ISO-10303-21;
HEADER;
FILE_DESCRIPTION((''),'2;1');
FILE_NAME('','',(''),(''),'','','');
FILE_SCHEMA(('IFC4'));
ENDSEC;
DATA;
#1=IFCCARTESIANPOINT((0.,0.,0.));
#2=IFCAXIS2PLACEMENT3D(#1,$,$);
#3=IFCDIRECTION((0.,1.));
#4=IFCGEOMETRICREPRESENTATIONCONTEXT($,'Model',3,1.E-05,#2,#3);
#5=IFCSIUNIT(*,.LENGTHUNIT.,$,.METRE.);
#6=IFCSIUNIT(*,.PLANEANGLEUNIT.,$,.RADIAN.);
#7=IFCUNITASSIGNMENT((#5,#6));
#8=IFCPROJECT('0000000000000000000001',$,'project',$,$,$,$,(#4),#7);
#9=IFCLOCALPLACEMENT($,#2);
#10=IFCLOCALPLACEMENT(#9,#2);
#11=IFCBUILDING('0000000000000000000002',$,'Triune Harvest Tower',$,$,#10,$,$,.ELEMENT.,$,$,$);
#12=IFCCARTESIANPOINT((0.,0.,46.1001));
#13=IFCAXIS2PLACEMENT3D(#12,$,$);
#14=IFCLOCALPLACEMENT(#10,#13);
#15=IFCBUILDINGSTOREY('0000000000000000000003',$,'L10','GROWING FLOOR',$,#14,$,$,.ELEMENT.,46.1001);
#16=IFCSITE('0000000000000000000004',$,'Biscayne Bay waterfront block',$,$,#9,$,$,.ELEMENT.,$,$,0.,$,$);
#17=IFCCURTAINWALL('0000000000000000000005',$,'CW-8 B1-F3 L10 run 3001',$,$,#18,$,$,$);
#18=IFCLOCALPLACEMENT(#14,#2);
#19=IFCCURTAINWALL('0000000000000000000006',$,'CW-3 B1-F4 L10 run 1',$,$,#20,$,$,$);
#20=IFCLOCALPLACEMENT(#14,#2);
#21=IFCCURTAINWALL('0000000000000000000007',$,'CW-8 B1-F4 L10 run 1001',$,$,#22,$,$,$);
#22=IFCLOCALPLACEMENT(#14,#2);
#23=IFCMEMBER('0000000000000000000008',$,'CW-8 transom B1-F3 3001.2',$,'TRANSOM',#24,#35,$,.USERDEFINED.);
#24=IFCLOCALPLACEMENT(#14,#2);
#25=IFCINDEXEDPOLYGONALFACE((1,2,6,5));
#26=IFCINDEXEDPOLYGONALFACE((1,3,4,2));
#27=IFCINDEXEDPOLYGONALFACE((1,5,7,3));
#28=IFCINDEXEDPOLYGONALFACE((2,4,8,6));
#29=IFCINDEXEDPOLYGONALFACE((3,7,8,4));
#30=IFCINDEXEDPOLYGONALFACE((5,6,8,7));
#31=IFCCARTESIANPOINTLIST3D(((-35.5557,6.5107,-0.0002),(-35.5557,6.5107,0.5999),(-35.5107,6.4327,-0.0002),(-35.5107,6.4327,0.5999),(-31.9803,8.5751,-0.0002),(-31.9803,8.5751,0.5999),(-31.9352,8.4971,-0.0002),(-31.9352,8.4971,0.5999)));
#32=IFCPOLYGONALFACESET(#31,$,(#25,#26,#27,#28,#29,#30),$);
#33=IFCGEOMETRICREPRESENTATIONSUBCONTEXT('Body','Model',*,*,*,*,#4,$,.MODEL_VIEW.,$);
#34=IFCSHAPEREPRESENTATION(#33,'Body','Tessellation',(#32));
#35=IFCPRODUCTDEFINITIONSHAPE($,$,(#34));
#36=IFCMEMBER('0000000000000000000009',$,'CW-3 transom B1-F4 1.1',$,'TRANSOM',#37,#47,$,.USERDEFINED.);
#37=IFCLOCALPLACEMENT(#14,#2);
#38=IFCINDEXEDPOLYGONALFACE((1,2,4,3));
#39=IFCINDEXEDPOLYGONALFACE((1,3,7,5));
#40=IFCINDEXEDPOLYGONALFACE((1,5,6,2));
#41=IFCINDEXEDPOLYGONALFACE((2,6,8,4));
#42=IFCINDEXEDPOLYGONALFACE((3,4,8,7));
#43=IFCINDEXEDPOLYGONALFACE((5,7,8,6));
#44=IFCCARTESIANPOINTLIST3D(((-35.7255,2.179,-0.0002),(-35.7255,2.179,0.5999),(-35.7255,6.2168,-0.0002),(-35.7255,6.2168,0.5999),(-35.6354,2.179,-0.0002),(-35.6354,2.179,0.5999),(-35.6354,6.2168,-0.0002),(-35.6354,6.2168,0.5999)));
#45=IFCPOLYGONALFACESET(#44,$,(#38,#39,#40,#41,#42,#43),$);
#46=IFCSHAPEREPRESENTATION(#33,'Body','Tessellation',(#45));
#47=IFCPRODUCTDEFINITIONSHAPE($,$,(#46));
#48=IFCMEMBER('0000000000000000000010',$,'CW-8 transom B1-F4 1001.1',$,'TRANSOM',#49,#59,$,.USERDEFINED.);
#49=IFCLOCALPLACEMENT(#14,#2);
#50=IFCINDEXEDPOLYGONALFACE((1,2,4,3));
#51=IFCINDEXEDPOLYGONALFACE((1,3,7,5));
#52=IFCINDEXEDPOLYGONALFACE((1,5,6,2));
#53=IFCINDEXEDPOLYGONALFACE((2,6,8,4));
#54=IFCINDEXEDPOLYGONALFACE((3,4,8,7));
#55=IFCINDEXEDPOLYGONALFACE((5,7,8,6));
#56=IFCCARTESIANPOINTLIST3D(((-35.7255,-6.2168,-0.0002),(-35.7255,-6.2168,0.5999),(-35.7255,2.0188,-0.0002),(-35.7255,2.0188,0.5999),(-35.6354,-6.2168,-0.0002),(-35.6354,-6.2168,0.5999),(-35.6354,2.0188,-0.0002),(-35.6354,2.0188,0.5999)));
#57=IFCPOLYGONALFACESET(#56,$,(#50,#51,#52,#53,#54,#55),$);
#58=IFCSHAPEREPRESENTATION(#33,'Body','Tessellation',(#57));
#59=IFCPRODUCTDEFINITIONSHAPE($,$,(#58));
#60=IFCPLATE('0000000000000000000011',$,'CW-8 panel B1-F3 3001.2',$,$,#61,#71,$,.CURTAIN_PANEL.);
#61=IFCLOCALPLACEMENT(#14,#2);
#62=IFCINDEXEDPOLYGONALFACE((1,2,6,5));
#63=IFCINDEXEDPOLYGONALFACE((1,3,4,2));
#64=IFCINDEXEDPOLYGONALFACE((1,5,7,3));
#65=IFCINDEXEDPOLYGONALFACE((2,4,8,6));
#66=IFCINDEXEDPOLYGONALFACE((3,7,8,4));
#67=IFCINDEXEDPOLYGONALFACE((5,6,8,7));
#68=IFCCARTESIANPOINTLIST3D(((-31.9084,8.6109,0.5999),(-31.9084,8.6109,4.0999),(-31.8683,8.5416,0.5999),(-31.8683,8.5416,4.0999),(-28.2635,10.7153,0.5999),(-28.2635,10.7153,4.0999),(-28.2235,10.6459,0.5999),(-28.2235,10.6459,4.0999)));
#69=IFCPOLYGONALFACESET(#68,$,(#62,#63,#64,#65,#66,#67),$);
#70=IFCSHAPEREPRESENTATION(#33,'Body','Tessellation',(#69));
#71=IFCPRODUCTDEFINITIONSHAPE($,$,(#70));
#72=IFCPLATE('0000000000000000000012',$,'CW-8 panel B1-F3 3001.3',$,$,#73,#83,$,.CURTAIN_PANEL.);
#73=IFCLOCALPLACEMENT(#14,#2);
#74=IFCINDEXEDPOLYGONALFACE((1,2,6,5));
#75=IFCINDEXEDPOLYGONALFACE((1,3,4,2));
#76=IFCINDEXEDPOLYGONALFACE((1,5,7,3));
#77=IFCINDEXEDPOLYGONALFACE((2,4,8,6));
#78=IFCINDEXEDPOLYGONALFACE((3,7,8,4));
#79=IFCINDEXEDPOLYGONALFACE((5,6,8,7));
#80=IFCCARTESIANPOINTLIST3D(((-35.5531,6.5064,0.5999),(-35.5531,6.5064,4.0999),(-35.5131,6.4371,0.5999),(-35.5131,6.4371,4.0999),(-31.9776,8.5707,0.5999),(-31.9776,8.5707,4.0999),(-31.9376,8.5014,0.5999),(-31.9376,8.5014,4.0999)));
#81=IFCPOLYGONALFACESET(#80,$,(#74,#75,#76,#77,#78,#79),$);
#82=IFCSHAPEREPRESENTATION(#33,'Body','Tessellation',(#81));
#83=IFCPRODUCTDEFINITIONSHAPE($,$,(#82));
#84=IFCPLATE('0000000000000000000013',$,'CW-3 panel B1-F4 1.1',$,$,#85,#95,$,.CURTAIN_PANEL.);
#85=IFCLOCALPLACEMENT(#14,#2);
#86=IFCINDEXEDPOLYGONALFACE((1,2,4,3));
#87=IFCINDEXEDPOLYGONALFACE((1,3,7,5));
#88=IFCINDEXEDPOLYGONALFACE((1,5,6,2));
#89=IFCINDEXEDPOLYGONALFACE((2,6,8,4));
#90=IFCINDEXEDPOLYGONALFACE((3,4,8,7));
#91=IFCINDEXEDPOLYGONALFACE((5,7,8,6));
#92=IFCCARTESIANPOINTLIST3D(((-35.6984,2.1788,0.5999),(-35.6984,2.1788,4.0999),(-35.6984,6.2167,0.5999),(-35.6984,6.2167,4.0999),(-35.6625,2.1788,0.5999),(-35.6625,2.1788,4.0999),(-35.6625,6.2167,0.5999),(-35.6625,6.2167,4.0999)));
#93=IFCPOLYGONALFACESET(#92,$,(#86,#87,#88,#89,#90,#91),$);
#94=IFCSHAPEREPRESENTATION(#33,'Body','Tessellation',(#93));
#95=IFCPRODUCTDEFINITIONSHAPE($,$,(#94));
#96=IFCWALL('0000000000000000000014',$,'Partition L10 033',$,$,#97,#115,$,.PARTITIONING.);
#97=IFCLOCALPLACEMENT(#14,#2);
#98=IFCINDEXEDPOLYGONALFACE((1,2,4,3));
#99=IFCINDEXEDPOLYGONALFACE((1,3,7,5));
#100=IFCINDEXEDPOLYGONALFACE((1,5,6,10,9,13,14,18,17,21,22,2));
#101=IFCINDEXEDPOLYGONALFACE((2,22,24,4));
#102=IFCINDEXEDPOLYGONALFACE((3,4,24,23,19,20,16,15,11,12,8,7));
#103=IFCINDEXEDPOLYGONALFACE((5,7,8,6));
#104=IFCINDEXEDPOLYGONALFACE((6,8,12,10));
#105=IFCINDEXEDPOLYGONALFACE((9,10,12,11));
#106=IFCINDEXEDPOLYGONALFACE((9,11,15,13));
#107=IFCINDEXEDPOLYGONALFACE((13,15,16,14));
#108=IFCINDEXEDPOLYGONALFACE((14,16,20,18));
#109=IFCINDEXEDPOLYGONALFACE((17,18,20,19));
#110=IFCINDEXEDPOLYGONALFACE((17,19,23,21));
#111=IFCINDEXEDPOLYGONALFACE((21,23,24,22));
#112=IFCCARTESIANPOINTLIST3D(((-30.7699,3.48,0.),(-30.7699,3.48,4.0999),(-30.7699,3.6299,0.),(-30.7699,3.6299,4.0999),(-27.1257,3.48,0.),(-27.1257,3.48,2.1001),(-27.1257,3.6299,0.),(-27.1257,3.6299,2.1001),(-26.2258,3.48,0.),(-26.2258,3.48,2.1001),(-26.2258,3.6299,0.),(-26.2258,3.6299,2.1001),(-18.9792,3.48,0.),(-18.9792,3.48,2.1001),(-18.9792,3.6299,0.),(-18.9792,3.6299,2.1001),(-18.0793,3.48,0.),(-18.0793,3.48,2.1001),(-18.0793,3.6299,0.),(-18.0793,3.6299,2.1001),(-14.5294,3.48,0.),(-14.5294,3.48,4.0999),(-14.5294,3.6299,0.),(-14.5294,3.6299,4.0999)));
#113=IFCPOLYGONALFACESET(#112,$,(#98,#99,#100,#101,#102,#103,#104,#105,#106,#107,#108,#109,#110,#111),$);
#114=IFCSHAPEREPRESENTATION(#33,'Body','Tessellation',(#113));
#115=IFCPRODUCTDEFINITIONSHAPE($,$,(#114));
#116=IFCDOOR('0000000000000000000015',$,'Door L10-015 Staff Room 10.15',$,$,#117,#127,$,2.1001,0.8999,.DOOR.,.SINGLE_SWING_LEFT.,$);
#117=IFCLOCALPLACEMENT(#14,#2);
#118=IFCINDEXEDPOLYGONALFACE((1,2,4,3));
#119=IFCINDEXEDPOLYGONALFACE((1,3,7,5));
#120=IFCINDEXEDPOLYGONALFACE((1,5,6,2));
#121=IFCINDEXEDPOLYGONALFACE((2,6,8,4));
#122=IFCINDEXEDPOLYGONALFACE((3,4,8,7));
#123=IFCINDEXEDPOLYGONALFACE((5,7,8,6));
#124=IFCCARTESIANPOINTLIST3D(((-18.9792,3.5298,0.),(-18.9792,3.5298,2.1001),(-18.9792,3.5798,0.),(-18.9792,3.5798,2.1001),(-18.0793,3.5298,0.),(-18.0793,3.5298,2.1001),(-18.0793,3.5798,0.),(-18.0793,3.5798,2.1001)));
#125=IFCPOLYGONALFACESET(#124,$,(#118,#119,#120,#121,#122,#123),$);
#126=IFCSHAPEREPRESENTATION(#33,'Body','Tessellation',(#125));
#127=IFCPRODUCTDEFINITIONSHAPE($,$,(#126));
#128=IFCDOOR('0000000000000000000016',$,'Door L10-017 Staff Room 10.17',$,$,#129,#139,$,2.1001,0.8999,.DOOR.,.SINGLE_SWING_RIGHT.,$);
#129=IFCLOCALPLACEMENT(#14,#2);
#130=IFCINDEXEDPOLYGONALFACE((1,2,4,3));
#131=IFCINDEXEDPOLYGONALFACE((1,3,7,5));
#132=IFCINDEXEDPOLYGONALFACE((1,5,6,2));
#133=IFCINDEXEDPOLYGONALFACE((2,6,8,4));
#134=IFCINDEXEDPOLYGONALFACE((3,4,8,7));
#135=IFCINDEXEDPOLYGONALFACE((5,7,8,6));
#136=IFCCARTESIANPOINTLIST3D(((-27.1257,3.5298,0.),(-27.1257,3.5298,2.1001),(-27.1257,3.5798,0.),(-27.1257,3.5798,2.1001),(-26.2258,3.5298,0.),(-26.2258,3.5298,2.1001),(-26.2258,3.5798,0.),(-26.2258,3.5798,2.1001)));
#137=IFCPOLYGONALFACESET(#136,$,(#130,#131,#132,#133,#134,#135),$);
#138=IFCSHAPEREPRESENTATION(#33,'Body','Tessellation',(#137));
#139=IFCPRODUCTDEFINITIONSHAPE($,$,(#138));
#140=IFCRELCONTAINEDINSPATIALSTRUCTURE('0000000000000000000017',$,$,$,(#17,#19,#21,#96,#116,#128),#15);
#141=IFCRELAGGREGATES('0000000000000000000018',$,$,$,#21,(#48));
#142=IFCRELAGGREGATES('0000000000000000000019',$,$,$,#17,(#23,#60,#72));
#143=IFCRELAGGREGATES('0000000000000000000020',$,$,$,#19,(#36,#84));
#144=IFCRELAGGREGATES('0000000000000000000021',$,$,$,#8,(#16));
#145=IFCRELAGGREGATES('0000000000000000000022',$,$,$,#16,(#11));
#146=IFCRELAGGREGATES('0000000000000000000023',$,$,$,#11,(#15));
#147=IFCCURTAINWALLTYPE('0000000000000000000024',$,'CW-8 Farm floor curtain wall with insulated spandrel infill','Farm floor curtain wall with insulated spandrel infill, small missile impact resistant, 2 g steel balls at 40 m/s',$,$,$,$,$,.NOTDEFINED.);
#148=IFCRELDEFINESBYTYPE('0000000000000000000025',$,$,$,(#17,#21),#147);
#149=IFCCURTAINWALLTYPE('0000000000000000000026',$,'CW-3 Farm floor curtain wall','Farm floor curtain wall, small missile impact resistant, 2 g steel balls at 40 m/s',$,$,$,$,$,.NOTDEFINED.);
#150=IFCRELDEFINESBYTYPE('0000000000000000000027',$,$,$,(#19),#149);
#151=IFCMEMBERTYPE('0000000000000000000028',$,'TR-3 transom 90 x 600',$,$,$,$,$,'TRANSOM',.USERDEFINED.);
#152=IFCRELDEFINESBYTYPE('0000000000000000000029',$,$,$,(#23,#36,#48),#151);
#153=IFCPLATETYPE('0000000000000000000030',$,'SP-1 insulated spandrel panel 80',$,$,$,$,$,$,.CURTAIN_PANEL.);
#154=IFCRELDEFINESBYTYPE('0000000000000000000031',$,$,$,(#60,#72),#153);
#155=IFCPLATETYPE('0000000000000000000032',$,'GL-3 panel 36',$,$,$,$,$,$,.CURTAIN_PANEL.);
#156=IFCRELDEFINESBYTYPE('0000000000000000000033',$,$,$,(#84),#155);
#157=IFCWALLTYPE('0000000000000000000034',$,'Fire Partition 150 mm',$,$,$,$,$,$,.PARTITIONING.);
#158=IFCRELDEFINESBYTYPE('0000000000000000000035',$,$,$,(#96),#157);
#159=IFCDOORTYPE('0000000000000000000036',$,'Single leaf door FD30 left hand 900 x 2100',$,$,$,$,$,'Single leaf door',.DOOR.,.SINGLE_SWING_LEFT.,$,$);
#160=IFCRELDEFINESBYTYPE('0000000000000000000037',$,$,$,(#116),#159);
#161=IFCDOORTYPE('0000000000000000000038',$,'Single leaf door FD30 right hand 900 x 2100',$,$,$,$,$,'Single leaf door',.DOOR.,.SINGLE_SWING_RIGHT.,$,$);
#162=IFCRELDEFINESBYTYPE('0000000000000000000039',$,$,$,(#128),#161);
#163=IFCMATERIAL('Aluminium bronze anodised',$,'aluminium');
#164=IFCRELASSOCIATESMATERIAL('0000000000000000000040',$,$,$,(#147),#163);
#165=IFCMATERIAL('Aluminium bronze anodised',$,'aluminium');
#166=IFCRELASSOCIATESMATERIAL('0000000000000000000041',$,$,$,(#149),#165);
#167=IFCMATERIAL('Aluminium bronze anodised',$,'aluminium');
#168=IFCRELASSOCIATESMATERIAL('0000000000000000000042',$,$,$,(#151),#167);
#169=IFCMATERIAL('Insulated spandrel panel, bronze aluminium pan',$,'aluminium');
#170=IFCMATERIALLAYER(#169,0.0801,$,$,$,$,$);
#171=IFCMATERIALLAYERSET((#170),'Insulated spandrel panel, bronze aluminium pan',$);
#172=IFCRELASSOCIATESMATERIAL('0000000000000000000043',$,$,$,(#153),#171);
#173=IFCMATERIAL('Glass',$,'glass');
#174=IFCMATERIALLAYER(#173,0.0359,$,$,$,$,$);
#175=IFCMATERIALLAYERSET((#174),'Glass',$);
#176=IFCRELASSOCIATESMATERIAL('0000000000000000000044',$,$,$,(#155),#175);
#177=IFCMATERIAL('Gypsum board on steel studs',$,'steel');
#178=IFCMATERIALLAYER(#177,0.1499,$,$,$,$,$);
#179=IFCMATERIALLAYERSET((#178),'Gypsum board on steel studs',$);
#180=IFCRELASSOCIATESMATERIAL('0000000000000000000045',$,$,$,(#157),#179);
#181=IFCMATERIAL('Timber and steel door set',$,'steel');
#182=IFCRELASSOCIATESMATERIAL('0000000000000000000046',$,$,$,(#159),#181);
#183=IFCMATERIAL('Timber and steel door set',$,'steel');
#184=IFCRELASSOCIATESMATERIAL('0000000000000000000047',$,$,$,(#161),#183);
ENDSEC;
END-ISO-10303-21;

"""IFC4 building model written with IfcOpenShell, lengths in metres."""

from ifc_helpers import new_model, si_unit, direction, frame, frame_2d, origin, origin_2d, place, context, subcontext, project, spatial, rectangle, extrude, source, transform, mapped, material, layer, layer_set, material_profile, profile_set, type_object, element, fill, aggregate, save


model = new_model("IFC4")

# Units and contexts
model_context = context("Model", 3, precision=1e-05, world=origin(), true_north=direction((0.0, 1.0)))
body_context = subcontext(model_context, "Body", "Model", "MODEL_VIEW")
ifc_project = project(units=[si_unit("LENGTHUNIT", "METRE"), si_unit("PLANEANGLEUNIT", "RADIAN")], contexts=[model_context])

# Site, building, storey
site_placement = place(None, origin())
site = spatial("IfcSite", under=ifc_project, at=site_placement, Name="Biscayne Bay waterfront block", CompositionType="ELEMENT", RefElevation=0.0)
building_placement = place(site_placement, origin())
building = spatial("IfcBuilding", under=site, at=building_placement, Name="Triune Harvest Tower", CompositionType="ELEMENT")
storey_placement = place(building_placement, frame((0.0, 0.0, 46.1001)))
storey = spatial("IfcBuildingStorey", under=building, at=storey_placement, Name="L10", Description="GROWING FLOOR", CompositionType="ELEMENT", Elevation=46.1001)

# Curtain walls
ifc_material_1 = material(Name="Aluminium bronze anodised", Category="aluminium")
curtain_wall_type_1 = type_object("IfcCurtainWallType", Name="CW-8 Farm floor curtain wall with insulated spandrel infill", Description="Farm floor curtain wall with insulated spandrel infill, small missile impact resistant, 2 g steel balls at 40 m/s", PredefinedType="NOTDEFINED", material=ifc_material_1)
curtain_wall_1_placement = place(storey_placement, origin())
curtain_wall_1 = element("IfcCurtainWall", 1, at=curtain_wall_1_placement, inside=storey, type_object=curtain_wall_type_1, Name="CW-8 B1-F3 L10 run 3001")
ifc_material_2 = material(Name="Aluminium bronze anodised", Category="aluminium")
curtain_wall_type_2 = type_object("IfcCurtainWallType", Name="CW-3 Farm floor curtain wall", Description="Farm floor curtain wall, small missile impact resistant, 2 g steel balls at 40 m/s", PredefinedType="NOTDEFINED", material=ifc_material_2)
curtain_wall_2_placement = place(storey_placement, origin())
curtain_wall_2 = element("IfcCurtainWall", 2, at=curtain_wall_2_placement, inside=storey, type_object=curtain_wall_type_2, Name="CW-3 B1-F4 L10 run 1")

# Curtain wall
curtain_wall_3_placement = place(storey_placement, origin())
curtain_wall_3 = element("IfcCurtainWall", 3, at=curtain_wall_3_placement, inside=storey, type_object=curtain_wall_type_1, Name="CW-8 B1-F4 L10 run 1001")

# Members
ifc_material_3 = material(Name="Aluminium bronze anodised", Category="aluminium")
ifc_material_profile_1 = material_profile(ifc_material_3, rectangle(XDim=0.0901, YDim=0.6001, at=origin_2d()), Name="TR-3 transom 90 x 600")
ifc_profile_set_1 = profile_set([ifc_material_profile_1], Name="Aluminium bronze anodised")
member_type_1 = type_object("IfcMemberType", Name="TR-3 transom 90 x 600", ElementType="TRANSOM", PredefinedType="USERDEFINED", material=ifc_profile_set_1)
shared_shape_1 = source(origin(), body_context, "Body", "SweptSolid", [
    extrude(rectangle(XDim=0.0901, YDim=0.6001, at=origin_2d()), origin(), (0.0, 0.0, 1.0), 4.1287),
])
member_1_placement = place(storey_placement, frame((-31.9578, 8.5361, 0.2998), z_axis=(-0.866007, -0.500031, 0.0), x_axis=(0.500031, -0.866007, 0.0)))
member_1 = element("IfcMember", 4, at=member_1_placement, type_object=member_type_1, Name="CW-8 transom B1-F3 3001.2", ObjectType="TRANSOM", PredefinedType="USERDEFINED", context=body_context, shape_type="MappedRepresentation", body=[
    mapped(shared_shape_1, transform((0.0, 0.0, 0.0), scale=1.0)),
])
shared_shape_2 = source(origin(), body_context, "Body", "SweptSolid", [
    extrude(rectangle(XDim=0.0901, YDim=0.6001, at=origin_2d()), origin(), (0.0, 0.0, 1.0), 4.0378),
])
member_2_placement = place(storey_placement, frame((-35.6804, 6.2168, 0.2998), z_axis=(0.0, -1.0, 0.0), x_axis=(1.0, 0.0, 0.0)))
member_2 = element("IfcMember", 5, at=member_2_placement, type_object=member_type_1, Name="CW-3 transom B1-F4 1.1", ObjectType="TRANSOM", PredefinedType="USERDEFINED", context=body_context, shape_type="MappedRepresentation", body=[
    mapped(shared_shape_2, transform((0.0, 0.0, 0.0), scale=1.0)),
])
shared_shape_3 = source(origin(), body_context, "Body", "SweptSolid", [
    extrude(rectangle(XDim=0.0901, YDim=0.6001, at=origin_2d()), origin(), (0.0, 0.0, 1.0), 8.2356),
])
member_3_placement = place(storey_placement, frame((-35.6804, 2.0188, 0.2998), z_axis=(0.0, -1.0, 0.0), x_axis=(1.0, 0.0, 0.0)))
member_3 = element("IfcMember", 6, at=member_3_placement, type_object=member_type_1, Name="CW-8 transom B1-F4 1001.1", ObjectType="TRANSOM", PredefinedType="USERDEFINED", context=body_context, shape_type="MappedRepresentation", body=[
    mapped(shared_shape_3, transform((0.0, 0.0, 0.0), scale=1.0)),
])
aggregate(curtain_wall_3, [member_3])

# Plates
ifc_material_4 = material(Name="Insulated spandrel panel, bronze aluminium pan", Category="aluminium")
ifc_layer_1 = layer(ifc_material_4, 0.0801)
ifc_layer_set_1 = layer_set([ifc_layer_1], Name="Insulated spandrel panel, bronze aluminium pan")
plate_type_1 = type_object("IfcPlateType", Name="SP-1 insulated spandrel panel 80", PredefinedType="CURTAIN_PANEL", material=ifc_layer_set_1)
shared_shape_4 = source(origin(), body_context, "Body", "SweptSolid", [
    extrude(rectangle(XDim=4.2087, YDim=0.0801, at=origin_2d()), origin(), (0.0, 0.0, 1.0), 3.5),
])
plate_1_placement = place(storey_placement, frame((-30.0659, 9.6284, 0.5999), z_axis=(0.0, 0.0, 1.0), x_axis=(-0.866026, -0.499999, 0.0)))
plate_1 = element("IfcPlate", 7, at=plate_1_placement, type_object=plate_type_1, Name="CW-8 panel B1-F3 3001.2", PredefinedType="CURTAIN_PANEL", context=body_context, shape_type="MappedRepresentation", body=[
    mapped(shared_shape_4, transform((0.0, 0.0, 0.0), scale=1.0)),
])
shared_shape_5 = source(origin(), body_context, "Body", "SweptSolid", [
    extrude(rectangle(XDim=4.1287, YDim=0.0801, at=origin_2d()), origin(), (0.0, 0.0, 1.0), 3.5),
])
plate_2_placement = place(storey_placement, frame((-33.7454, 7.5039, 0.5999), z_axis=(0.0, 0.0, 1.0), x_axis=(-0.866026, -0.499999, 0.0)))
plate_2 = element("IfcPlate", 8, at=plate_2_placement, type_object=plate_type_1, Name="CW-8 panel B1-F3 3001.3", PredefinedType="CURTAIN_PANEL", context=body_context, shape_type="MappedRepresentation", body=[
    mapped(shared_shape_5, transform((0.0, 0.0, 0.0), scale=1.0)),
])
aggregate(curtain_wall_1, [member_1, plate_1, plate_2])
ifc_material_5 = material(Name="Glass", Category="glass")
ifc_layer_2 = layer(ifc_material_5, 0.0359)
ifc_layer_set_2 = layer_set([ifc_layer_2], Name="Glass")
plate_type_2 = type_object("IfcPlateType", Name="GL-3 panel 36", PredefinedType="CURTAIN_PANEL", material=ifc_layer_set_2)
shared_shape_6 = source(origin(), body_context, "Body", "SweptSolid", [
    extrude(rectangle(XDim=4.0378, YDim=0.0359, at=origin_2d()), origin(), (0.0, 0.0, 1.0), 3.5),
])
plate_3_placement = place(storey_placement, frame((-35.6804, 4.1978, 0.5999), z_axis=(0.0, 0.0, 1.0), x_axis=(0.0, -1.0, 0.0)))
plate_3 = element("IfcPlate", 9, at=plate_3_placement, type_object=plate_type_2, Name="CW-3 panel B1-F4 1.1", PredefinedType="CURTAIN_PANEL", context=body_context, shape_type="MappedRepresentation", body=[
    mapped(shared_shape_6, transform((0.0, 0.0, 0.0), scale=1.0)),
])
aggregate(curtain_wall_2, [member_2, plate_3])

# Wall, openings, doors
ifc_material_6 = material(Name="Gypsum board on steel studs", Category="steel")
ifc_layer_3 = layer(ifc_material_6, 0.1499)
ifc_layer_set_3 = layer_set([ifc_layer_3], Name="Gypsum board on steel studs")
wall_type_1 = type_object("IfcWallType", Name="Fire Partition 150 mm", PredefinedType="PARTITIONING", material=ifc_layer_set_3)
wall_1_placement = place(storey_placement, frame((-30.7698, 3.5549, 0.0), z_axis=(0.0, 0.0, 1.0), x_axis=(1.0, 0.0, 0.0)))
wall_1 = element("IfcWall", 10, at=wall_1_placement, inside=storey, type_object=wall_type_1, Name="Partition L10 033", PredefinedType="PARTITIONING", context=body_context, shape_type="SweptSolid", body=[
    extrude(rectangle(XDim=16.2405, YDim=0.1499, at=frame_2d((8.1201, 0.0))), origin(), (0.0, 0.0, 1.0), 4.0999),
])
opening_1_placement = place(wall_1_placement, frame((11.7905, 0.0, 0.0)))
opening_1 = element("IfcOpeningElement", 11, at=opening_1_placement, cuts=wall_1, PredefinedType="OPENING", context=body_context, shape_type="SweptSolid", body=[
    extrude(rectangle(XDim=0.8999, YDim=2.1001, at=frame_2d((0.45, 1.05))), frame((0.0, 0.085, 0.0), z_axis=(0.0, -1.0, 0.0), x_axis=(1.0, 0.0, 0.0)), (0.0, 0.0, 1.0), 0.1699),
])
opening_2_placement = place(wall_1_placement, frame((3.644, 0.0, 0.0)))
opening_2 = element("IfcOpeningElement", 12, at=opening_2_placement, cuts=wall_1, PredefinedType="OPENING", context=body_context, shape_type="SweptSolid", body=[
    extrude(rectangle(XDim=0.8999, YDim=2.1001, at=frame_2d((0.45, 1.05))), frame((0.0, 0.085, 0.0), z_axis=(0.0, -1.0, 0.0), x_axis=(1.0, 0.0, 0.0)), (0.0, 0.0, 1.0), 0.1699),
])
ifc_material_7 = material(Name="Timber and steel door set", Category="steel")
door_type_1 = type_object("IfcDoorType", Name="Single leaf door FD30 left hand 900 x 2100", ElementType="Single leaf door", OperationType="SINGLE_SWING_LEFT", PredefinedType="DOOR", material=ifc_material_7)
door_1_placement = place(opening_1_placement, origin())
door_1 = element("IfcDoor", 13, at=door_1_placement, inside=storey, type_object=door_type_1, Name="Door L10-015 Staff Room 10.15", OperationType="SINGLE_SWING_LEFT", OverallHeight=2.1001, OverallWidth=0.8999, PredefinedType="DOOR", context=body_context, shape_type="SweptSolid", body=[
    extrude(rectangle(XDim=0.8999, YDim=2.1001, at=frame_2d((0.45, 1.05))), frame((0.0, 0.0249, 0.0), z_axis=(0.0, -1.0, 0.0), x_axis=(1.0, 0.0, 0.0)), (0.0, 0.0, 1.0), 0.05),
])
fill(opening_1, door_1)
ifc_material_8 = material(Name="Timber and steel door set", Category="steel")
door_type_2 = type_object("IfcDoorType", Name="Single leaf door FD30 right hand 900 x 2100", ElementType="Single leaf door", OperationType="SINGLE_SWING_RIGHT", PredefinedType="DOOR", material=ifc_material_8)
door_2_placement = place(opening_2_placement, origin())
door_2 = element("IfcDoor", 14, at=door_2_placement, inside=storey, type_object=door_type_2, Name="Door L10-017 Staff Room 10.17", OperationType="SINGLE_SWING_RIGHT", OverallHeight=2.1001, OverallWidth=0.8999, PredefinedType="DOOR", context=body_context, shape_type="SweptSolid", body=[
    extrude(rectangle(XDim=0.8999, YDim=2.1001, at=frame_2d((0.45, 1.05))), frame((0.0, 0.0249, 0.0), z_axis=(0.0, -1.0, 0.0), x_axis=(1.0, 0.0, 0.0)), (0.0, 0.0, 1.0), 0.05),
])
fill(opening_2, door_2)

save(model, "model.ifc")
